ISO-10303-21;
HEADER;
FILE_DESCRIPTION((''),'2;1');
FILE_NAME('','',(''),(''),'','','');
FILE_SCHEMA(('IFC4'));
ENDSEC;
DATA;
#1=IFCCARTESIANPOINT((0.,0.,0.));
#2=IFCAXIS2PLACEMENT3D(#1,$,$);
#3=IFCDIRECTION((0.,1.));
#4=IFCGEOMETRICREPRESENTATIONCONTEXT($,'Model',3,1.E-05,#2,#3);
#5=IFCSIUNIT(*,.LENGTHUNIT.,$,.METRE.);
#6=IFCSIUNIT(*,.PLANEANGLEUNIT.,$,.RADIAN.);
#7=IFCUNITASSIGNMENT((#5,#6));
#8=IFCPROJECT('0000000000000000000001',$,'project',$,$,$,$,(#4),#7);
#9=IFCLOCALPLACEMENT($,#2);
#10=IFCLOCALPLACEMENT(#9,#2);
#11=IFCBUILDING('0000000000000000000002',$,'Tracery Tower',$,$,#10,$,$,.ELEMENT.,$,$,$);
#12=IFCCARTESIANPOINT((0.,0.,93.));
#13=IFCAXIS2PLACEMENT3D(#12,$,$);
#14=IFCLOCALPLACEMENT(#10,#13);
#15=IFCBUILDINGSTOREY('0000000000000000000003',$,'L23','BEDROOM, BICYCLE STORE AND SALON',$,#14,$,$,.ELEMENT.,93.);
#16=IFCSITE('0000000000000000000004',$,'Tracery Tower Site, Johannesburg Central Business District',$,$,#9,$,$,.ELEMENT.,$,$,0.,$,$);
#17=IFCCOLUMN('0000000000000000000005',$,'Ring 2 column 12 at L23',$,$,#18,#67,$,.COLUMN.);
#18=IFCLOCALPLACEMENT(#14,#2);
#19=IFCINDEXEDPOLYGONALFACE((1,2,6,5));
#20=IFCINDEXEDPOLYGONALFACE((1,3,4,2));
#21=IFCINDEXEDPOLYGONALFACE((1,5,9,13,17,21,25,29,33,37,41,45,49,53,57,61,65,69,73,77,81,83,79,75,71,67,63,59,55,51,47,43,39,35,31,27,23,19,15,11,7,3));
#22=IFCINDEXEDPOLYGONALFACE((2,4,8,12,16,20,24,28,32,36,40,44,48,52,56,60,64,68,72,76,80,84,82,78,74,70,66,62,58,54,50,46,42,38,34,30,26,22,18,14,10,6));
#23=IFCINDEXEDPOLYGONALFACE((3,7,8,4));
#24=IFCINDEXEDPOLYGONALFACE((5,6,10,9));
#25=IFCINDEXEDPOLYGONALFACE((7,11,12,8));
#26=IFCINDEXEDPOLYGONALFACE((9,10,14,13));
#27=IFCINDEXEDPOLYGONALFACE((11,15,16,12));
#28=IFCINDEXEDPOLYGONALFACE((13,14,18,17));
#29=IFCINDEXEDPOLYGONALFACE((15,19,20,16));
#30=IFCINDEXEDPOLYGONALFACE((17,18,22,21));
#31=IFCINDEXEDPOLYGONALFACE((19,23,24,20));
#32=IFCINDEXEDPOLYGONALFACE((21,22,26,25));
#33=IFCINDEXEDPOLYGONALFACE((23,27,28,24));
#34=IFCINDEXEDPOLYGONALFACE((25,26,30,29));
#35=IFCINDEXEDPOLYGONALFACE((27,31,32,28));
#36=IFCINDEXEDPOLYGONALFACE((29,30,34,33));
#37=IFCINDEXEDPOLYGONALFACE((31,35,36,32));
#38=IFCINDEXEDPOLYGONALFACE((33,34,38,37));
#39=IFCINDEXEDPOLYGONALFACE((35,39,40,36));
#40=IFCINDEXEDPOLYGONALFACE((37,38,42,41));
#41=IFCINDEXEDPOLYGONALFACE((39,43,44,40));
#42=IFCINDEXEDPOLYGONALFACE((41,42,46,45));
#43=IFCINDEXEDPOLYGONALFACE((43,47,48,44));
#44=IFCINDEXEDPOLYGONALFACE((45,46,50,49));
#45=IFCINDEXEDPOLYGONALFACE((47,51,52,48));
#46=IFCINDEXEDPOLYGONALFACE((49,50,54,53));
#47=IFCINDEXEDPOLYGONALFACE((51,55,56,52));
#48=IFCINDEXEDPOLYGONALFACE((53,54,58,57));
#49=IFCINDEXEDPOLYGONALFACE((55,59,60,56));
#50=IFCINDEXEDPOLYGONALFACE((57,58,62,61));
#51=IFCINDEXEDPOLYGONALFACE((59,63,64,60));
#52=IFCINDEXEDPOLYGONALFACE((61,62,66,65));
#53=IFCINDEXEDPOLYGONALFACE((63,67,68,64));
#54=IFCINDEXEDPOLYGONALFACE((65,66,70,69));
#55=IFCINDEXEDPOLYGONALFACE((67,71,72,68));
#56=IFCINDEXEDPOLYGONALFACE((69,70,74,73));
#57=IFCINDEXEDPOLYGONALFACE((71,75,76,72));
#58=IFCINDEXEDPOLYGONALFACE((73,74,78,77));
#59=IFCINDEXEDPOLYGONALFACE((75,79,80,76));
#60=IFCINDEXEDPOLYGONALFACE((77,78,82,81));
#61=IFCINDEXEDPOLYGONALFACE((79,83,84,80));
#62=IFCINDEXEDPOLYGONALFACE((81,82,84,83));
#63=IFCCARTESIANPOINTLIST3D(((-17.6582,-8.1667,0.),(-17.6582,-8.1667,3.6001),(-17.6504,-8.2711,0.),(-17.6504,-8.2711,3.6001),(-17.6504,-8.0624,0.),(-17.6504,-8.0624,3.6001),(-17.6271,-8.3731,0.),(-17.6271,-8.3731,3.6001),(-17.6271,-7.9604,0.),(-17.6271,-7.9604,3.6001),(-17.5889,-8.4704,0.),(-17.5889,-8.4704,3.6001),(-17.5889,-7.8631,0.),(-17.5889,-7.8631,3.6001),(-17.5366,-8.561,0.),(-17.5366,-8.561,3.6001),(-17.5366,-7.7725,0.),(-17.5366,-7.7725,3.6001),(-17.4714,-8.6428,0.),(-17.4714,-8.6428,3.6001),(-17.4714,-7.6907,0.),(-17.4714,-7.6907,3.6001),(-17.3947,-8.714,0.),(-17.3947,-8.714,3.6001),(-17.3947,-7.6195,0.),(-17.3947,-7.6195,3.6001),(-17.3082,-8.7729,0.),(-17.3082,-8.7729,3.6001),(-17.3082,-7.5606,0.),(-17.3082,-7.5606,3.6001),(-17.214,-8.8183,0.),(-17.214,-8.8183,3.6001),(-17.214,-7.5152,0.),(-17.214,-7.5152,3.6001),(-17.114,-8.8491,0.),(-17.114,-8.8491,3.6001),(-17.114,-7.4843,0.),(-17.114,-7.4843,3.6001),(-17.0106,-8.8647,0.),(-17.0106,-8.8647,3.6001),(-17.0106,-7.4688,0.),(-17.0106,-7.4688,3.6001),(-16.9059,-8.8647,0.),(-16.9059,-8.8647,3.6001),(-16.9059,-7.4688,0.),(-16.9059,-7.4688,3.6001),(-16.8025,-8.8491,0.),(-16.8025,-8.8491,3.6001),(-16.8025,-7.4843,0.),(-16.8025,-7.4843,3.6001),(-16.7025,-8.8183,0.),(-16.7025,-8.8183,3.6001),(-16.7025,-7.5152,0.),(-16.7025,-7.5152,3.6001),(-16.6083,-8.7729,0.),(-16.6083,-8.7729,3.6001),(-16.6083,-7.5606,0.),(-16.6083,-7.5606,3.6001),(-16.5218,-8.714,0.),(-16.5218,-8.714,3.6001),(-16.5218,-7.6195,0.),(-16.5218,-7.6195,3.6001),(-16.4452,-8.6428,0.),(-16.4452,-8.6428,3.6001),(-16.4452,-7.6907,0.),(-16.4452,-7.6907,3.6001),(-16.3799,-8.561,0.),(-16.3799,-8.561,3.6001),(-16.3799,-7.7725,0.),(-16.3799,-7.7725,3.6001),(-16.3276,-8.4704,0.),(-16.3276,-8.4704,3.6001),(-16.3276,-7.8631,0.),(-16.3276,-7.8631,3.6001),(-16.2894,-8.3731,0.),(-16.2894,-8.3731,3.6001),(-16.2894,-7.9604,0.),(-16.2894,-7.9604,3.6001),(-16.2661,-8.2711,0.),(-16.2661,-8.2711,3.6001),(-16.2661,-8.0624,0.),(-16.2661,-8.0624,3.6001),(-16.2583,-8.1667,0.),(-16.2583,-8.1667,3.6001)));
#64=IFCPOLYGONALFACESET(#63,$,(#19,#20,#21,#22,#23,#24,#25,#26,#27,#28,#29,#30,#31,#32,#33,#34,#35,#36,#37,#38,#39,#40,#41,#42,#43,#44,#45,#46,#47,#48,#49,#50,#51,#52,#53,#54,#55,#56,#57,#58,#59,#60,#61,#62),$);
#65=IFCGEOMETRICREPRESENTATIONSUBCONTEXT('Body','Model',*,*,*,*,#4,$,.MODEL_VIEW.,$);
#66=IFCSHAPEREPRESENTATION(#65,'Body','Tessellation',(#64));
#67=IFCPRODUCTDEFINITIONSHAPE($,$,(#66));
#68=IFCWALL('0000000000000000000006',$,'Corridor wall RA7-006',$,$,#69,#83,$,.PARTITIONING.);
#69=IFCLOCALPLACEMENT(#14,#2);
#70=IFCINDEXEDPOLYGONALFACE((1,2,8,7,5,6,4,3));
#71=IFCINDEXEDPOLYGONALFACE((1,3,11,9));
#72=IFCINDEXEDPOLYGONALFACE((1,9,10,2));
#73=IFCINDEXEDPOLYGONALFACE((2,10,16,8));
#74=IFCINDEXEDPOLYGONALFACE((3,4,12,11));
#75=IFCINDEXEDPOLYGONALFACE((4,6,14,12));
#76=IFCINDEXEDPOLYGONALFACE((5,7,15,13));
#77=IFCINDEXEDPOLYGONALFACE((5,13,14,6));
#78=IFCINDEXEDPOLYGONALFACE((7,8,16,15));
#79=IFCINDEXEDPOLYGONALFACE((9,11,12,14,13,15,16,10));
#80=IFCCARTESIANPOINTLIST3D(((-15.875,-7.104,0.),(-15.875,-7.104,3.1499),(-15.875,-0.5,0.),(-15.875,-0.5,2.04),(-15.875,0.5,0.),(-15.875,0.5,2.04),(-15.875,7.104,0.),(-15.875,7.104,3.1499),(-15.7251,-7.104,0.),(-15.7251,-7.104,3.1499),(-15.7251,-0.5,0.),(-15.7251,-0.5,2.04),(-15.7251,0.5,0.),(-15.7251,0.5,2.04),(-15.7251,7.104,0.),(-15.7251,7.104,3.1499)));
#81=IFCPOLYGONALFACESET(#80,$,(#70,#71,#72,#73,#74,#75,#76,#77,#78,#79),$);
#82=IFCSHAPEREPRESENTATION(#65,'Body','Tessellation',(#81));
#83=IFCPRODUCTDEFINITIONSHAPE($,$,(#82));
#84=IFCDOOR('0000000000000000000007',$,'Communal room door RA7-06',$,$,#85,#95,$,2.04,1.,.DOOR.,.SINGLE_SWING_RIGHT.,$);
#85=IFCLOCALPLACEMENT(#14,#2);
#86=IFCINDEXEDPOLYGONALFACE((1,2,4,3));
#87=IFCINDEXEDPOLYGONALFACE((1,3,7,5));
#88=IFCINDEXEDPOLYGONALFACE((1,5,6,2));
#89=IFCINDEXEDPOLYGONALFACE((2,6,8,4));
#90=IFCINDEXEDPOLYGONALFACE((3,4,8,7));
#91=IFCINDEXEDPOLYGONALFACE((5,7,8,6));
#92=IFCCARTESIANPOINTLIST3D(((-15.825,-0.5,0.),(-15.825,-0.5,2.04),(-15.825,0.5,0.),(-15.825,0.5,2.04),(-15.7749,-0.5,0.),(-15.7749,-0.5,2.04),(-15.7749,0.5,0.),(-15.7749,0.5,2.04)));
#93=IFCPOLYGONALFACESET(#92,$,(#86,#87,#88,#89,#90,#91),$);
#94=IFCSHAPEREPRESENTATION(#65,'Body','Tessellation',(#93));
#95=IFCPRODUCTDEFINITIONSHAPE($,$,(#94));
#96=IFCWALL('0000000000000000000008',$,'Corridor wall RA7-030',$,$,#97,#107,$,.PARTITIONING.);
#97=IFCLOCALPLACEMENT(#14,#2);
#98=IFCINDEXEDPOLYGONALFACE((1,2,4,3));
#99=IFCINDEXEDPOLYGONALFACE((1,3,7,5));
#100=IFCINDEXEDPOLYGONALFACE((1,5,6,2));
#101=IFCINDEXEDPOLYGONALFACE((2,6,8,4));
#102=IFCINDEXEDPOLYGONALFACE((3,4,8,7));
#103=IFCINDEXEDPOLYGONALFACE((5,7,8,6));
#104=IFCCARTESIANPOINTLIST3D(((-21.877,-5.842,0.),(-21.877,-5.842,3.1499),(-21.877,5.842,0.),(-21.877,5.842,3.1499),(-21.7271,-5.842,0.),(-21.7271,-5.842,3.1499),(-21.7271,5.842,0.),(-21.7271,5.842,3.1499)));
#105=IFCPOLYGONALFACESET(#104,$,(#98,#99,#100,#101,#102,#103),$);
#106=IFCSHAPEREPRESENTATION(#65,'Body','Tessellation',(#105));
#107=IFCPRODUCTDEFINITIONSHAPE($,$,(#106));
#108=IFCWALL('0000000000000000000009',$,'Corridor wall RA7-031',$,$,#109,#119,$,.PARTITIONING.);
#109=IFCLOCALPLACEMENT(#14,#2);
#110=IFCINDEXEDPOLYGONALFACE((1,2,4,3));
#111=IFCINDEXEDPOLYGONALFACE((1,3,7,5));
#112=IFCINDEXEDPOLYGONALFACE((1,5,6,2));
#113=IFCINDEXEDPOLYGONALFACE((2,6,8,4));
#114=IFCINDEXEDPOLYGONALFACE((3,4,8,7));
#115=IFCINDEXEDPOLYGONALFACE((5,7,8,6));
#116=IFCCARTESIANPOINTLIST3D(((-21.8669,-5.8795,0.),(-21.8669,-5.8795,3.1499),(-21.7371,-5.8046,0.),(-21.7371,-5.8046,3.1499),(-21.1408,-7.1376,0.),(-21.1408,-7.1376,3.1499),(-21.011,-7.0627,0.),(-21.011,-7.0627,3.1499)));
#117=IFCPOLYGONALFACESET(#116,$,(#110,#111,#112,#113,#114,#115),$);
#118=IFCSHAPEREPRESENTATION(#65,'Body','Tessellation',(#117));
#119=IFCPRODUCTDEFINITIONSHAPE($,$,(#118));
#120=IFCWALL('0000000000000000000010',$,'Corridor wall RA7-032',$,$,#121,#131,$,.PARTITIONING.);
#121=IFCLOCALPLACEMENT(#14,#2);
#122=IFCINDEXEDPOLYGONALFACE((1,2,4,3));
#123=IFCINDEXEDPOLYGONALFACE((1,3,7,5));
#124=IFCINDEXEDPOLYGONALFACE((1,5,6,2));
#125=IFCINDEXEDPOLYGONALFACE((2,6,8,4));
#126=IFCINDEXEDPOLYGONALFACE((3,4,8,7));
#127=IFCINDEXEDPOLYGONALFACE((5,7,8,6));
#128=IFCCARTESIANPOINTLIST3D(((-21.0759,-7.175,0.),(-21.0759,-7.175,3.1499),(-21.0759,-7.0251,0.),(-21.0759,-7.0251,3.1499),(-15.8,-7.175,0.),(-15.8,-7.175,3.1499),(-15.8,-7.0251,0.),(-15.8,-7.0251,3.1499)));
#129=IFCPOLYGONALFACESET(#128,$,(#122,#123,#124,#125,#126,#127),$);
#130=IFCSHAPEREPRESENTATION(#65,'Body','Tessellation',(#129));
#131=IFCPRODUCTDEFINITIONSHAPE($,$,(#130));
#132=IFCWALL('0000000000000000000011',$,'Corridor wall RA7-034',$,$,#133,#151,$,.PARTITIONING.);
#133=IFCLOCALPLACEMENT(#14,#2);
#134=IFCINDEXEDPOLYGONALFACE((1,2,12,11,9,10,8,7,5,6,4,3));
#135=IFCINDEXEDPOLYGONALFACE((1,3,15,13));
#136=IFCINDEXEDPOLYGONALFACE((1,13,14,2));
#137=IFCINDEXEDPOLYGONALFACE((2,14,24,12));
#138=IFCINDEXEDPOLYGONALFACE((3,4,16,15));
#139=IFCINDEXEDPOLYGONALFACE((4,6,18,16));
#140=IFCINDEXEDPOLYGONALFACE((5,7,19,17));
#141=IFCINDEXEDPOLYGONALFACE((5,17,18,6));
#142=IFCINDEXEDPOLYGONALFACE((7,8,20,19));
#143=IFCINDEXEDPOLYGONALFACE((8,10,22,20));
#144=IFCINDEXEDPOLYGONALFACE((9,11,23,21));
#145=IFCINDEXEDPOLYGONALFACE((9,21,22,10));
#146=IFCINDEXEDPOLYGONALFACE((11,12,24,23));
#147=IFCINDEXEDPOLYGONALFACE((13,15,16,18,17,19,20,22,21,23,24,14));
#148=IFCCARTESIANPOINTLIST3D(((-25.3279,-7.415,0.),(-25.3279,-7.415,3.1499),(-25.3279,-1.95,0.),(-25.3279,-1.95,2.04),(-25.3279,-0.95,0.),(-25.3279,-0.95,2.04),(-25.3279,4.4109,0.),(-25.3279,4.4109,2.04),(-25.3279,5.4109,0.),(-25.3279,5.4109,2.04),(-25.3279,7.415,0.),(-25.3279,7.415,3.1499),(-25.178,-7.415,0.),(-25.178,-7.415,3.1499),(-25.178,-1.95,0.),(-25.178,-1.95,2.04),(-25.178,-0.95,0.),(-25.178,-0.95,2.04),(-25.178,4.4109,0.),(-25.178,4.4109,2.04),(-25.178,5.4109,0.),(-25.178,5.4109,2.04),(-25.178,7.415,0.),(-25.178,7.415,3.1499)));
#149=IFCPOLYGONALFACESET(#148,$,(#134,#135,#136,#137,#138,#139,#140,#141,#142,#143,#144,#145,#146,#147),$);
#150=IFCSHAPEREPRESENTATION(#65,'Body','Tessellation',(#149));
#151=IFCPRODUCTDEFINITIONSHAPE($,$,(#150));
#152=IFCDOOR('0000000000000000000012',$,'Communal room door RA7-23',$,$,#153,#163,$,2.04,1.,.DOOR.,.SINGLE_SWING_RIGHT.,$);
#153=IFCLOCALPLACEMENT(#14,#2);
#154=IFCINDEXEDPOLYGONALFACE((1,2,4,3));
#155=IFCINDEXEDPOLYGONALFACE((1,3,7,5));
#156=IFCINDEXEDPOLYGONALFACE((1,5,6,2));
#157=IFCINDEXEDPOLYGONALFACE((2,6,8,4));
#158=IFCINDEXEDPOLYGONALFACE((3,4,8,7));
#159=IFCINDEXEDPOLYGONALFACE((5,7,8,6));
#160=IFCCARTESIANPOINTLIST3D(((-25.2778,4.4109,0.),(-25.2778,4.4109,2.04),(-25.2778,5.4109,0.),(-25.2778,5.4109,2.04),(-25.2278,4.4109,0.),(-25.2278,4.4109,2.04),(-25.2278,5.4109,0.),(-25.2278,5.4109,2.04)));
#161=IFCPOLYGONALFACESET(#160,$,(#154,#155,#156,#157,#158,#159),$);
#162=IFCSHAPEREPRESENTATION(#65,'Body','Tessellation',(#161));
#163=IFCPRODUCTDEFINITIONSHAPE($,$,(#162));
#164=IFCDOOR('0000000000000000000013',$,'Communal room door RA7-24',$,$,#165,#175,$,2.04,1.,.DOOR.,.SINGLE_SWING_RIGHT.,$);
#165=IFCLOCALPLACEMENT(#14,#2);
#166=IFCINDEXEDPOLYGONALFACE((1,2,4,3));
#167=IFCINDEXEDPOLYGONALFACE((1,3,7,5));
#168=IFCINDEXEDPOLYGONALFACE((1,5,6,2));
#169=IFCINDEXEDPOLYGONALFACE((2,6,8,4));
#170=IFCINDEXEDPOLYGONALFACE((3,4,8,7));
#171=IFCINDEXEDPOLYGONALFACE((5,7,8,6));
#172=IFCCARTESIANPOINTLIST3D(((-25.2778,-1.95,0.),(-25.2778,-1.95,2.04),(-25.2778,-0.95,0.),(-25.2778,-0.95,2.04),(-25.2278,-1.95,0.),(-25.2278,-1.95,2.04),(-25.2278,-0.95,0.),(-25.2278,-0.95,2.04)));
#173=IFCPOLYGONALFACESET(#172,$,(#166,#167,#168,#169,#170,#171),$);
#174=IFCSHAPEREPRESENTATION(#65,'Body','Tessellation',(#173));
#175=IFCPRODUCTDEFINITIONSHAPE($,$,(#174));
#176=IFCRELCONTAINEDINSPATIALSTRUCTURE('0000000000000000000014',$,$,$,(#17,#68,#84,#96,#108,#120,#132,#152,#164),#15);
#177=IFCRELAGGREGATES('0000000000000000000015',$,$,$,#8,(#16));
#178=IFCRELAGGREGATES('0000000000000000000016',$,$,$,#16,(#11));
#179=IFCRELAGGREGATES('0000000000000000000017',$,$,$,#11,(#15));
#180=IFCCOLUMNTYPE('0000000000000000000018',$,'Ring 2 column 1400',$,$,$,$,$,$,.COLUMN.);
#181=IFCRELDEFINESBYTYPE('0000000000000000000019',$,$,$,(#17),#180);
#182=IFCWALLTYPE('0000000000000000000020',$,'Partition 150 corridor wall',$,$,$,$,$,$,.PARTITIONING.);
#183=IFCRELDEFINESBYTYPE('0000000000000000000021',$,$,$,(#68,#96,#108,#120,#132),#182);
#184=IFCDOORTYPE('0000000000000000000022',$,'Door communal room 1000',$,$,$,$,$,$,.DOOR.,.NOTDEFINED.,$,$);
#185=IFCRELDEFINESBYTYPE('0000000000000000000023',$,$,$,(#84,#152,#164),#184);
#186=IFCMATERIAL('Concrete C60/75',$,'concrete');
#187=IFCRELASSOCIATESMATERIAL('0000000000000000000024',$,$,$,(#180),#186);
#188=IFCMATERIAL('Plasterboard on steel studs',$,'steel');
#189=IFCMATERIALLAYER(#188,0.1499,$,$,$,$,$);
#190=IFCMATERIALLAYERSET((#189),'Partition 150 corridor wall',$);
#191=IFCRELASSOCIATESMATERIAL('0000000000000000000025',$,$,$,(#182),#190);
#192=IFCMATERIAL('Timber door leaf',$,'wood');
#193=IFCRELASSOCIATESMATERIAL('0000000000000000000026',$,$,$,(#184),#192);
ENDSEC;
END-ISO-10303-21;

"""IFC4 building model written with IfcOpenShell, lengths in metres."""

from ifc_helpers import new_model, si_unit, direction, frame, frame_2d, origin, origin_2d, place, context, subcontext, project, spatial, rectangle, circle, extrude, material, layer, layer_set, material_profile, profile_set, type_object, element, fill, save


model = new_model("IFC4")

# Units and contexts
model_context = context("Model", 3, precision=1e-05, world=origin(), true_north=direction((0.0, 1.0)))
body_context = subcontext(model_context, "Body", "Model", "MODEL_VIEW")
ifc_project = project(units=[si_unit("LENGTHUNIT", "METRE"), si_unit("PLANEANGLEUNIT", "RADIAN")], contexts=[model_context])

# Site, building, storey
site_placement = place(None, origin())
site = spatial("IfcSite", under=ifc_project, at=site_placement, Name="Tracery Tower Site, Johannesburg Central Business District", CompositionType="ELEMENT", RefElevation=0.0)
building_placement = place(site_placement, origin())
building = spatial("IfcBuilding", under=site, at=building_placement, Name="Tracery Tower", CompositionType="ELEMENT")
storey_placement = place(building_placement, frame((0.0, 0.0, 93.0)))
storey = spatial("IfcBuildingStorey", under=building, at=storey_placement, Name="L23", Description="BEDROOM, BICYCLE STORE AND SALON", CompositionType="ELEMENT", Elevation=93.0)

# Column
ifc_material_1 = material(Name="Concrete C60/75", Category="concrete")
ifc_material_profile_1 = material_profile(ifc_material_1, circle(Radius=0.7, at=origin_2d()), Name="RC D1400")
ifc_profile_set_1 = profile_set([ifc_material_profile_1], Name="Concrete C60/75")
column_type_1 = type_object("IfcColumnType", Name="Ring 2 column 1400", PredefinedType="COLUMN", material=ifc_profile_set_1)
for number, where, z_axis, x_axis, name in (
    (1, (-16.9583, -8.1667, 0.0), (0.0, 0.0, 1.0), (1.0, 0.0, 0.0), "Ring 2 column 12 at L23"),
):
    element("IfcColumn", number, at=place(storey_placement, frame(where, z_axis=z_axis, x_axis=x_axis)), inside=storey, type_object=column_type_1, Name=name, PredefinedType="COLUMN", context=body_context, shape_type="SweptSolid", body=[
        extrude(circle(Radius=0.7, at=origin_2d()), origin(), (0.0, 0.0, 1.0), 3.6001),
    ])

# Wall, opening, door
ifc_material_2 = material(Name="Plasterboard on steel studs", Category="steel")
ifc_layer_1 = layer(ifc_material_2, 0.1499)
ifc_layer_set_1 = layer_set([ifc_layer_1], Name="Partition 150 corridor wall")
wall_type_1 = type_object("IfcWallType", Name="Partition 150 corridor wall", PredefinedType="PARTITIONING", material=ifc_layer_set_1)
wall_1_placement = place(storey_placement, frame((-15.8, -7.104, 0.0), z_axis=(0.0, 0.0, 1.0), x_axis=(0.0, 1.0, 0.0)))
wall_1 = element("IfcWall", 2, at=wall_1_placement, inside=storey, type_object=wall_type_1, Name="Corridor wall RA7-006", PredefinedType="PARTITIONING", context=body_context, shape_type="SweptSolid", body=[
    extrude(rectangle(XDim=14.208, YDim=0.1499, at=frame_2d((7.104, 0.0))), origin(), (0.0, 0.0, 1.0), 3.1499),
])
opening_1_placement = place(wall_1_placement, frame((6.604, 0.0, 0.0)))
opening_1 = element("IfcOpeningElement", 3, at=opening_1_placement, cuts=wall_1, PredefinedType="OPENING", context=body_context, shape_type="SweptSolid", body=[
    extrude(rectangle(XDim=1.0, YDim=2.04, at=frame_2d((0.5, 1.02))), frame((0.0, 0.075, 0.0), z_axis=(0.0, -1.0, 0.0), x_axis=(1.0, 0.0, 0.0)), (0.0, 0.0, 1.0), 0.1499),
])
ifc_material_3 = material(Name="Timber door leaf", Category="wood")
door_type_1 = type_object("IfcDoorType", Name="Door communal room 1000", OperationType="NOTDEFINED", PredefinedType="DOOR", material=ifc_material_3)
door_1_placement = place(opening_1_placement, origin())
door_1 = element("IfcDoor", 4, at=door_1_placement, inside=storey, type_object=door_type_1, Name="Communal room door RA7-06", OperationType="SINGLE_SWING_RIGHT", OverallHeight=2.04, OverallWidth=1.0, PredefinedType="DOOR", context=body_context, shape_type="SweptSolid", body=[
    extrude(rectangle(XDim=1.0, YDim=2.04, at=frame_2d((0.5, 1.02))), frame((0.0, 0.0249, 0.0), z_axis=(0.0, -1.0, 0.0), x_axis=(1.0, 0.0, 0.0)), (0.0, 0.0, 1.0), 0.05),
])
fill(opening_1, door_1)

# Walls
wall_2_placement = place(storey_placement, frame((-21.802, -5.842, 0.0), z_axis=(0.0, 0.0, 1.0), x_axis=(0.0, 1.0, 0.0)))
element("IfcWall", 5, at=wall_2_placement, inside=storey, type_object=wall_type_1, Name="Corridor wall RA7-030", PredefinedType="PARTITIONING", context=body_context, shape_type="SweptSolid", body=[
    extrude(rectangle(XDim=11.6841, YDim=0.1499, at=frame_2d((5.842, 0.0))), origin(), (0.0, 0.0, 1.0), 3.1499),
])
wall_3_placement = place(storey_placement, frame((-21.802, -5.842, 0.0), z_axis=(0.0, 0.0, 1.0), x_axis=(0.499863, -0.866104, 0.0)))
element("IfcWall", 6, at=wall_3_placement, inside=storey, type_object=wall_type_1, Name="Corridor wall RA7-031", PredefinedType="PARTITIONING", context=body_context, shape_type="SweptSolid", body=[
    extrude(rectangle(XDim=1.4526, YDim=0.1499, at=frame_2d((0.7263, 0.0))), origin(), (0.0, 0.0, 1.0), 3.1499),
])
wall_4_placement = place(storey_placement, frame((-21.0759, -7.1001, 0.0), z_axis=(0.0, 0.0, 1.0), x_axis=(1.0, 0.0, 0.0)))
element("IfcWall", 7, at=wall_4_placement, inside=storey, type_object=wall_type_1, Name="Corridor wall RA7-032", PredefinedType="PARTITIONING", context=body_context, shape_type="SweptSolid", body=[
    extrude(rectangle(XDim=5.2759, YDim=0.1499, at=frame_2d((2.6379, 0.0))), origin(), (0.0, 0.0, 1.0), 3.1499),
])

# Wall, openings, doors
wall_5_placement = place(storey_placement, frame((-25.2529, -7.415, 0.0), z_axis=(0.0, 0.0, 1.0), x_axis=(0.0, 1.0, 0.0)))
wall_5 = element("IfcWall", 8, at=wall_5_placement, inside=storey, type_object=wall_type_1, Name="Corridor wall RA7-034", PredefinedType="PARTITIONING", context=body_context, shape_type="SweptSolid", body=[
    extrude(rectangle(XDim=14.8301, YDim=0.1499, at=frame_2d((7.415, 0.0))), origin(), (0.0, 0.0, 1.0), 3.1499),
])
opening_2_placement = place(wall_5_placement, frame((11.8259, 0.0, 0.0)))
opening_2 = element("IfcOpeningElement", 9, at=opening_2_placement, cuts=wall_5, PredefinedType="OPENING", context=body_context, shape_type="SweptSolid", body=[
    extrude(rectangle(XDim=1.0, YDim=2.04, at=frame_2d((0.5, 1.02))), frame((0.0, 0.075, 0.0), z_axis=(0.0, -1.0, 0.0), x_axis=(1.0, 0.0, 0.0)), (0.0, 0.0, 1.0), 0.1499),
])
opening_3_placement = place(wall_5_placement, frame((5.4651, 0.0, 0.0)))
opening_3 = element("IfcOpeningElement", 10, at=opening_3_placement, cuts=wall_5, PredefinedType="OPENING", context=body_context, shape_type="SweptSolid", body=[
    extrude(rectangle(XDim=1.0, YDim=2.04, at=frame_2d((0.5, 1.02))), frame((0.0, 0.075, 0.0), z_axis=(0.0, -1.0, 0.0), x_axis=(1.0, 0.0, 0.0)), (0.0, 0.0, 1.0), 0.1499),
])
door_2_placement = place(opening_2_placement, origin())
door_2 = element("IfcDoor", 11, at=door_2_placement, inside=storey, type_object=door_type_1, Name="Communal room door RA7-23", OperationType="SINGLE_SWING_RIGHT", OverallHeight=2.04, OverallWidth=1.0, PredefinedType="DOOR", context=body_context, shape_type="SweptSolid", body=[
    extrude(rectangle(XDim=1.0, YDim=2.04, at=frame_2d((0.5, 1.02))), frame((0.0, 0.0249, 0.0), z_axis=(0.0, -1.0, 0.0), x_axis=(1.0, 0.0, 0.0)), (0.0, 0.0, 1.0), 0.05),
])
fill(opening_2, door_2)
door_3_placement = place(opening_3_placement, origin())
door_3 = element("IfcDoor", 12, at=door_3_placement, inside=storey, type_object=door_type_1, Name="Communal room door RA7-24", OperationType="SINGLE_SWING_RIGHT", OverallHeight=2.04, OverallWidth=1.0, PredefinedType="DOOR", context=body_context, shape_type="SweptSolid", body=[
    extrude(rectangle(XDim=1.0, YDim=2.04, at=frame_2d((0.5, 1.02))), frame((0.0, 0.0249, 0.0), z_axis=(0.0, -1.0, 0.0), x_axis=(1.0, 0.0, 0.0)), (0.0, 0.0, 1.0), 0.05),
])
fill(opening_3, door_3)

save(model, "model.ifc")
